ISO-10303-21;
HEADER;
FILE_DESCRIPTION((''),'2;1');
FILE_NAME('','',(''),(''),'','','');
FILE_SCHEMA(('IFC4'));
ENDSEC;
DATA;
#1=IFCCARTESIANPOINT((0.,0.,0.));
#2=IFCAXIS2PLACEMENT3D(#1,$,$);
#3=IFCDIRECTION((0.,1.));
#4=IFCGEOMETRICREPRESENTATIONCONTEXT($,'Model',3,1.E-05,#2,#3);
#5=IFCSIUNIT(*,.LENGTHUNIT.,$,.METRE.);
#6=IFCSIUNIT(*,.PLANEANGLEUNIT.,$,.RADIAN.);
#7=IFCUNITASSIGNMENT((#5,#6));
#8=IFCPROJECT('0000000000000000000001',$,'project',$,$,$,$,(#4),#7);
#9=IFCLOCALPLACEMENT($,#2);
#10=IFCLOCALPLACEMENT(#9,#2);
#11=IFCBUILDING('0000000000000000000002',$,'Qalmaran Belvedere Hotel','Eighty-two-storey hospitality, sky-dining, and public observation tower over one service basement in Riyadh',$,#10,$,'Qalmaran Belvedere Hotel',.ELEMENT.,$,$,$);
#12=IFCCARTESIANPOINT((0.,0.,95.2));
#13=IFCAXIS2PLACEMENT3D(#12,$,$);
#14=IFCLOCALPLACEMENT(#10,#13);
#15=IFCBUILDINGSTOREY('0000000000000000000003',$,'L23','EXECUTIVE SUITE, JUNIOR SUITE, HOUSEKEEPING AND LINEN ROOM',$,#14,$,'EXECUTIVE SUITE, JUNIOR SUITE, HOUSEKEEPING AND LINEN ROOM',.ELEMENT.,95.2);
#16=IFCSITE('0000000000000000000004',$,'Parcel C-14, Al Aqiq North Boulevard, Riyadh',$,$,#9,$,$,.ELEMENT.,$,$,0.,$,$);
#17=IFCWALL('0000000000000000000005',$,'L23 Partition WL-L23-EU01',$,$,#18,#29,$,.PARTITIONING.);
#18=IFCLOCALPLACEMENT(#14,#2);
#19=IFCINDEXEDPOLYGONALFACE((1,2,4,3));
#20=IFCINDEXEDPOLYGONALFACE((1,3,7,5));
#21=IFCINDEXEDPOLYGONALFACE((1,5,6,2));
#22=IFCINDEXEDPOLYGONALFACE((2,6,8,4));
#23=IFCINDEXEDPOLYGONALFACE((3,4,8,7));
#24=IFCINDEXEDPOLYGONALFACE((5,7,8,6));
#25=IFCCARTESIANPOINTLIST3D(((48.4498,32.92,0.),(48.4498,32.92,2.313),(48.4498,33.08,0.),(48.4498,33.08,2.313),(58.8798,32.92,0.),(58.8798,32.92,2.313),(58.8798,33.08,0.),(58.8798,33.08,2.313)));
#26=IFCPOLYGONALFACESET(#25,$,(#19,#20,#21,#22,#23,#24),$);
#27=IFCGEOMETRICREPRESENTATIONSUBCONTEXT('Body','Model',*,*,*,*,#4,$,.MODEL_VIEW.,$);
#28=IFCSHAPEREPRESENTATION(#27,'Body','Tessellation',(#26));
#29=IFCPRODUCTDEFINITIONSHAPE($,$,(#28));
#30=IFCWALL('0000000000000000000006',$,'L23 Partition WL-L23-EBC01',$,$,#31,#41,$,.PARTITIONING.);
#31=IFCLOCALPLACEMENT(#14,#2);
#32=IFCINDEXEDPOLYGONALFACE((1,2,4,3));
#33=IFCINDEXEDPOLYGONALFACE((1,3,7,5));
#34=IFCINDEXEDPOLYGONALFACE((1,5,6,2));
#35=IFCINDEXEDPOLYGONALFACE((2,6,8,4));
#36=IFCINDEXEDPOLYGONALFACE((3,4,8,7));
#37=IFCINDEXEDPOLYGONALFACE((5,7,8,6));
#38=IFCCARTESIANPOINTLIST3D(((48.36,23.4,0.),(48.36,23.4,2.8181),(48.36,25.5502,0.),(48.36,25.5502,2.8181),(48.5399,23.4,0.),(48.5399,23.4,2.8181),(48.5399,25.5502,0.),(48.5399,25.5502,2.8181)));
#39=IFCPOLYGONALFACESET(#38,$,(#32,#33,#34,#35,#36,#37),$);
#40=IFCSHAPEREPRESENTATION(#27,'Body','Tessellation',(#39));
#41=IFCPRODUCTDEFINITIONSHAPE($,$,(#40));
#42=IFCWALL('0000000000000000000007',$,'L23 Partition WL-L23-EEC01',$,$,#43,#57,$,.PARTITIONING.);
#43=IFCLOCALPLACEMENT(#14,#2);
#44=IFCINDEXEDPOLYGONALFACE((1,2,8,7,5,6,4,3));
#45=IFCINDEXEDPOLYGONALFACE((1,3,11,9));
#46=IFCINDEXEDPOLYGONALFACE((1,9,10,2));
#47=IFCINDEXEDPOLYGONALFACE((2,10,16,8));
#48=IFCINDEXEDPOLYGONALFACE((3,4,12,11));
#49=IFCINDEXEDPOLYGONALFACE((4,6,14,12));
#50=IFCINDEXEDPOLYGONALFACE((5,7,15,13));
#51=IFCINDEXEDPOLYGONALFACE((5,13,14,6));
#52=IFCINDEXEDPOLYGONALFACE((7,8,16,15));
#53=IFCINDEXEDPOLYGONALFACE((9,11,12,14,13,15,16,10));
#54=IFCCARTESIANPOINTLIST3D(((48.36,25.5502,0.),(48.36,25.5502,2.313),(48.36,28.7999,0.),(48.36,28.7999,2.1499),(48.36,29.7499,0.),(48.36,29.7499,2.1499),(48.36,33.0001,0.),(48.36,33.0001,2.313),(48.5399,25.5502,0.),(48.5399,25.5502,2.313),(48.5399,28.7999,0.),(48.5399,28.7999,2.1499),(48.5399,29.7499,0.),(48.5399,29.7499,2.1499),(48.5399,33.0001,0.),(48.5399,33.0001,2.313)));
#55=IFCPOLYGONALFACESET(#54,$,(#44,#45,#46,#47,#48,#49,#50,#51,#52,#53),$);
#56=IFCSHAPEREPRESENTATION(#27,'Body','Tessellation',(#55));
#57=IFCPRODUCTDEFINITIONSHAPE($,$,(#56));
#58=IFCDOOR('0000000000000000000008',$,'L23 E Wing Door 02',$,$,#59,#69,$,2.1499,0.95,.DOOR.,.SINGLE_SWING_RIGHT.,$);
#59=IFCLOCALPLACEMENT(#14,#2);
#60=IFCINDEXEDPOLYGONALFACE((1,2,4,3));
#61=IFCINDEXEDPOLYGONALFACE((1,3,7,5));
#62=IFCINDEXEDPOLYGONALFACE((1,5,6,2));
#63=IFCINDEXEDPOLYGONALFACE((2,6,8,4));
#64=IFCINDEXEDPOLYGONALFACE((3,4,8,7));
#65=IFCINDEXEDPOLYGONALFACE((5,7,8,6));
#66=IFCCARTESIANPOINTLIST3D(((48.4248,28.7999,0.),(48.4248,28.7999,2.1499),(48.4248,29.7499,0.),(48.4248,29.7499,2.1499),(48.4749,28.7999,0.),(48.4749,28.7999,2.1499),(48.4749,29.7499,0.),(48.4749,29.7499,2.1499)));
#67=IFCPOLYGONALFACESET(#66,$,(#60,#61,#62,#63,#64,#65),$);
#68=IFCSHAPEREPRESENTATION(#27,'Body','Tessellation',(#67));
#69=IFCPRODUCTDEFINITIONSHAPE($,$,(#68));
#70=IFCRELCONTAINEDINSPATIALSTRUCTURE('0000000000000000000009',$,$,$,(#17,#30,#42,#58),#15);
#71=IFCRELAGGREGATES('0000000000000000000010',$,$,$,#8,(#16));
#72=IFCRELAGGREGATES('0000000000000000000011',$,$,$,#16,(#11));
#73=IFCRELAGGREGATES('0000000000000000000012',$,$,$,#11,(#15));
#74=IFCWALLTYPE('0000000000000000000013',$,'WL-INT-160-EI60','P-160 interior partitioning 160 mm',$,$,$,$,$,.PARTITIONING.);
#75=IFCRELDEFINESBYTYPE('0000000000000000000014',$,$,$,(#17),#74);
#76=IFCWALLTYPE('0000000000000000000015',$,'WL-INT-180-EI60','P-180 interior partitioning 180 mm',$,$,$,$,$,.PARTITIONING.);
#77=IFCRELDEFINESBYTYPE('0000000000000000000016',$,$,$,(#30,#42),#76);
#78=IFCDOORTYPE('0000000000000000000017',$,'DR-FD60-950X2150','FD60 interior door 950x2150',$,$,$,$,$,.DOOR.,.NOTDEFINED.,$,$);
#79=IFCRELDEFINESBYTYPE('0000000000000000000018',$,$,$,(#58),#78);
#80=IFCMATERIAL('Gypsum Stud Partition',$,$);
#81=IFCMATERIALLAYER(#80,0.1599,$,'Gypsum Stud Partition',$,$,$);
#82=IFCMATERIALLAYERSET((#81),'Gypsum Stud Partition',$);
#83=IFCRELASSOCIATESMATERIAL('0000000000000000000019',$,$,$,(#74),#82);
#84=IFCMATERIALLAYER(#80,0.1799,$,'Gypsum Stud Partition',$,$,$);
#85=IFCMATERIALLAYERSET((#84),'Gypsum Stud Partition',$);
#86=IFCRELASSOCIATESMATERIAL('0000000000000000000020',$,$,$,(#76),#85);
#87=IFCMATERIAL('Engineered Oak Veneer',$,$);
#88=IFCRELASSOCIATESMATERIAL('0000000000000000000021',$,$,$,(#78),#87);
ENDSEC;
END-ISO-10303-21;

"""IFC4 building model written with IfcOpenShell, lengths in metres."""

from ifc_helpers import new_model, si_unit, direction, frame, frame_2d, origin, place, context, subcontext, project, spatial, rectangle, extrude, material, layer, layer_set, type_object, element, fill, save


model = new_model("IFC4")

# Units and contexts
model_context = context("Model", 3, precision=1e-05, world=origin(), true_north=direction((0.0, 1.0)))
body_context = subcontext(model_context, "Body", "Model", "MODEL_VIEW")
ifc_project = project(units=[si_unit("LENGTHUNIT", "METRE"), si_unit("PLANEANGLEUNIT", "RADIAN")], contexts=[model_context])

# Site, building, storey
site_placement = place(None, origin())
site = spatial("IfcSite", under=ifc_project, at=site_placement, Name="Parcel C-14, Al Aqiq North Boulevard, Riyadh", CompositionType="ELEMENT", RefElevation=0.0)
building_placement = place(site_placement, origin())
building = spatial("IfcBuilding", under=site, at=building_placement, Name="Qalmaran Belvedere Hotel", Description="Eighty-two-storey hospitality, sky-dining, and public observation tower over one service basement in Riyadh", LongName="Qalmaran Belvedere Hotel", CompositionType="ELEMENT")
storey_placement = place(building_placement, frame((0.0, 0.0, 95.2)))
storey = spatial("IfcBuildingStorey", under=building, at=storey_placement, Name="L23", Description="EXECUTIVE SUITE, JUNIOR SUITE, HOUSEKEEPING AND LINEN ROOM", LongName="EXECUTIVE SUITE, JUNIOR SUITE, HOUSEKEEPING AND LINEN ROOM", CompositionType="ELEMENT", Elevation=95.2)

# Shared definitions
ifc_material_1 = material(Name="Engineered Oak Veneer")

# Shared definitions
ifc_material_2 = material(Name="Gypsum Stud Partition")

# Walls
ifc_layer_1 = layer(ifc_material_2, 0.1599, Name="Gypsum Stud Partition")
ifc_layer_set_1 = layer_set([ifc_layer_1], Name="Gypsum Stud Partition")
wall_type_1 = type_object("IfcWallType", Name="WL-INT-160-EI60", Description="P-160 interior partitioning 160 mm", PredefinedType="PARTITIONING", material=ifc_layer_set_1)
wall_1_placement = place(storey_placement, frame((48.45, 33.0, 0.0), z_axis=(0.0, 0.0, 1.0), x_axis=(1.0, 0.0, 0.0)))
element("IfcWall", 1, at=wall_1_placement, inside=storey, type_object=wall_type_1, Name="L23 Partition WL-L23-EU01", PredefinedType="PARTITIONING", context=body_context, shape_type="SweptSolid", body=[
    extrude(rectangle(XDim=10.4299, YDim=0.1599, at=frame_2d((5.2148, 0.0))), origin(), (0.0, 0.0, 1.0), 2.313),
])
ifc_layer_2 = layer(ifc_material_2, 0.1799, Name="Gypsum Stud Partition")
ifc_layer_set_2 = layer_set([ifc_layer_2], Name="Gypsum Stud Partition")
wall_type_2 = type_object("IfcWallType", Name="WL-INT-180-EI60", Description="P-180 interior partitioning 180 mm", PredefinedType="PARTITIONING", material=ifc_layer_set_2)
wall_2_placement = place(storey_placement, frame((48.45, 23.3999, 0.0), z_axis=(0.0, 0.0, 1.0), x_axis=(0.0, 1.0, 0.0)))
element("IfcWall", 2, at=wall_2_placement, inside=storey, type_object=wall_type_2, Name="L23 Partition WL-L23-EBC01", PredefinedType="PARTITIONING", context=body_context, shape_type="SweptSolid", body=[
    extrude(rectangle(XDim=2.1501, YDim=0.1799, at=frame_2d((1.0752, 0.0))), origin(), (0.0, 0.0, 1.0), 2.8181),
])

# Wall, opening, door
wall_3_placement = place(storey_placement, frame((48.45, 25.55, 0.0), z_axis=(0.0, 0.0, 1.0), x_axis=(0.0, 1.0, 0.0)))
wall_3 = element("IfcWall", 3, at=wall_3_placement, inside=storey, type_object=wall_type_2, Name="L23 Partition WL-L23-EEC01", PredefinedType="PARTITIONING", context=body_context, shape_type="SweptSolid", body=[
    extrude(rectangle(XDim=7.45, YDim=0.1799, at=frame_2d((3.7251, 0.0))), origin(), (0.0, 0.0, 1.0), 2.313),
])
opening_1_placement = place(wall_3_placement, frame((4.2, 0.0, 0.0), z_axis=(0.0, 0.0, 1.0), x_axis=(-1.0, 0.0, 0.0)))
opening_1 = element("IfcOpeningElement", 4, at=opening_1_placement, cuts=wall_3, PredefinedType="OPENING", context=body_context, shape_type="SweptSolid", body=[
    extrude(rectangle(XDim=0.95, YDim=2.1499, at=frame_2d((0.4751, 1.075))), frame((0.0, 0.1001, 0.0), z_axis=(0.0, -1.0, 0.0), x_axis=(1.0, 0.0, 0.0)), (0.0, 0.0, 1.0), 0.2),
])
door_type_1 = type_object("IfcDoorType", Name="DR-FD60-950X2150", Description="FD60 interior door 950x2150", OperationType="NOTDEFINED", PredefinedType="DOOR", material=ifc_material_1)
door_1_placement = place(opening_1_placement, origin())
door_1 = element("IfcDoor", 5, at=door_1_placement, inside=storey, type_object=door_type_1, Name="L23 E Wing Door 02", OperationType="SINGLE_SWING_RIGHT", OverallHeight=2.1499, OverallWidth=0.95, PredefinedType="DOOR", context=body_context, shape_type="SweptSolid", body=[
    extrude(rectangle(XDim=0.95, YDim=2.1499, at=frame_2d((0.4751, 1.075))), frame((0.0, 0.0249, 0.0), z_axis=(0.0, -1.0, 0.0), x_axis=(1.0, 0.0, 0.0)), (0.0, 0.0, 1.0), 0.05),
])
fill(opening_1, door_1)

save(model, "model.ifc")
